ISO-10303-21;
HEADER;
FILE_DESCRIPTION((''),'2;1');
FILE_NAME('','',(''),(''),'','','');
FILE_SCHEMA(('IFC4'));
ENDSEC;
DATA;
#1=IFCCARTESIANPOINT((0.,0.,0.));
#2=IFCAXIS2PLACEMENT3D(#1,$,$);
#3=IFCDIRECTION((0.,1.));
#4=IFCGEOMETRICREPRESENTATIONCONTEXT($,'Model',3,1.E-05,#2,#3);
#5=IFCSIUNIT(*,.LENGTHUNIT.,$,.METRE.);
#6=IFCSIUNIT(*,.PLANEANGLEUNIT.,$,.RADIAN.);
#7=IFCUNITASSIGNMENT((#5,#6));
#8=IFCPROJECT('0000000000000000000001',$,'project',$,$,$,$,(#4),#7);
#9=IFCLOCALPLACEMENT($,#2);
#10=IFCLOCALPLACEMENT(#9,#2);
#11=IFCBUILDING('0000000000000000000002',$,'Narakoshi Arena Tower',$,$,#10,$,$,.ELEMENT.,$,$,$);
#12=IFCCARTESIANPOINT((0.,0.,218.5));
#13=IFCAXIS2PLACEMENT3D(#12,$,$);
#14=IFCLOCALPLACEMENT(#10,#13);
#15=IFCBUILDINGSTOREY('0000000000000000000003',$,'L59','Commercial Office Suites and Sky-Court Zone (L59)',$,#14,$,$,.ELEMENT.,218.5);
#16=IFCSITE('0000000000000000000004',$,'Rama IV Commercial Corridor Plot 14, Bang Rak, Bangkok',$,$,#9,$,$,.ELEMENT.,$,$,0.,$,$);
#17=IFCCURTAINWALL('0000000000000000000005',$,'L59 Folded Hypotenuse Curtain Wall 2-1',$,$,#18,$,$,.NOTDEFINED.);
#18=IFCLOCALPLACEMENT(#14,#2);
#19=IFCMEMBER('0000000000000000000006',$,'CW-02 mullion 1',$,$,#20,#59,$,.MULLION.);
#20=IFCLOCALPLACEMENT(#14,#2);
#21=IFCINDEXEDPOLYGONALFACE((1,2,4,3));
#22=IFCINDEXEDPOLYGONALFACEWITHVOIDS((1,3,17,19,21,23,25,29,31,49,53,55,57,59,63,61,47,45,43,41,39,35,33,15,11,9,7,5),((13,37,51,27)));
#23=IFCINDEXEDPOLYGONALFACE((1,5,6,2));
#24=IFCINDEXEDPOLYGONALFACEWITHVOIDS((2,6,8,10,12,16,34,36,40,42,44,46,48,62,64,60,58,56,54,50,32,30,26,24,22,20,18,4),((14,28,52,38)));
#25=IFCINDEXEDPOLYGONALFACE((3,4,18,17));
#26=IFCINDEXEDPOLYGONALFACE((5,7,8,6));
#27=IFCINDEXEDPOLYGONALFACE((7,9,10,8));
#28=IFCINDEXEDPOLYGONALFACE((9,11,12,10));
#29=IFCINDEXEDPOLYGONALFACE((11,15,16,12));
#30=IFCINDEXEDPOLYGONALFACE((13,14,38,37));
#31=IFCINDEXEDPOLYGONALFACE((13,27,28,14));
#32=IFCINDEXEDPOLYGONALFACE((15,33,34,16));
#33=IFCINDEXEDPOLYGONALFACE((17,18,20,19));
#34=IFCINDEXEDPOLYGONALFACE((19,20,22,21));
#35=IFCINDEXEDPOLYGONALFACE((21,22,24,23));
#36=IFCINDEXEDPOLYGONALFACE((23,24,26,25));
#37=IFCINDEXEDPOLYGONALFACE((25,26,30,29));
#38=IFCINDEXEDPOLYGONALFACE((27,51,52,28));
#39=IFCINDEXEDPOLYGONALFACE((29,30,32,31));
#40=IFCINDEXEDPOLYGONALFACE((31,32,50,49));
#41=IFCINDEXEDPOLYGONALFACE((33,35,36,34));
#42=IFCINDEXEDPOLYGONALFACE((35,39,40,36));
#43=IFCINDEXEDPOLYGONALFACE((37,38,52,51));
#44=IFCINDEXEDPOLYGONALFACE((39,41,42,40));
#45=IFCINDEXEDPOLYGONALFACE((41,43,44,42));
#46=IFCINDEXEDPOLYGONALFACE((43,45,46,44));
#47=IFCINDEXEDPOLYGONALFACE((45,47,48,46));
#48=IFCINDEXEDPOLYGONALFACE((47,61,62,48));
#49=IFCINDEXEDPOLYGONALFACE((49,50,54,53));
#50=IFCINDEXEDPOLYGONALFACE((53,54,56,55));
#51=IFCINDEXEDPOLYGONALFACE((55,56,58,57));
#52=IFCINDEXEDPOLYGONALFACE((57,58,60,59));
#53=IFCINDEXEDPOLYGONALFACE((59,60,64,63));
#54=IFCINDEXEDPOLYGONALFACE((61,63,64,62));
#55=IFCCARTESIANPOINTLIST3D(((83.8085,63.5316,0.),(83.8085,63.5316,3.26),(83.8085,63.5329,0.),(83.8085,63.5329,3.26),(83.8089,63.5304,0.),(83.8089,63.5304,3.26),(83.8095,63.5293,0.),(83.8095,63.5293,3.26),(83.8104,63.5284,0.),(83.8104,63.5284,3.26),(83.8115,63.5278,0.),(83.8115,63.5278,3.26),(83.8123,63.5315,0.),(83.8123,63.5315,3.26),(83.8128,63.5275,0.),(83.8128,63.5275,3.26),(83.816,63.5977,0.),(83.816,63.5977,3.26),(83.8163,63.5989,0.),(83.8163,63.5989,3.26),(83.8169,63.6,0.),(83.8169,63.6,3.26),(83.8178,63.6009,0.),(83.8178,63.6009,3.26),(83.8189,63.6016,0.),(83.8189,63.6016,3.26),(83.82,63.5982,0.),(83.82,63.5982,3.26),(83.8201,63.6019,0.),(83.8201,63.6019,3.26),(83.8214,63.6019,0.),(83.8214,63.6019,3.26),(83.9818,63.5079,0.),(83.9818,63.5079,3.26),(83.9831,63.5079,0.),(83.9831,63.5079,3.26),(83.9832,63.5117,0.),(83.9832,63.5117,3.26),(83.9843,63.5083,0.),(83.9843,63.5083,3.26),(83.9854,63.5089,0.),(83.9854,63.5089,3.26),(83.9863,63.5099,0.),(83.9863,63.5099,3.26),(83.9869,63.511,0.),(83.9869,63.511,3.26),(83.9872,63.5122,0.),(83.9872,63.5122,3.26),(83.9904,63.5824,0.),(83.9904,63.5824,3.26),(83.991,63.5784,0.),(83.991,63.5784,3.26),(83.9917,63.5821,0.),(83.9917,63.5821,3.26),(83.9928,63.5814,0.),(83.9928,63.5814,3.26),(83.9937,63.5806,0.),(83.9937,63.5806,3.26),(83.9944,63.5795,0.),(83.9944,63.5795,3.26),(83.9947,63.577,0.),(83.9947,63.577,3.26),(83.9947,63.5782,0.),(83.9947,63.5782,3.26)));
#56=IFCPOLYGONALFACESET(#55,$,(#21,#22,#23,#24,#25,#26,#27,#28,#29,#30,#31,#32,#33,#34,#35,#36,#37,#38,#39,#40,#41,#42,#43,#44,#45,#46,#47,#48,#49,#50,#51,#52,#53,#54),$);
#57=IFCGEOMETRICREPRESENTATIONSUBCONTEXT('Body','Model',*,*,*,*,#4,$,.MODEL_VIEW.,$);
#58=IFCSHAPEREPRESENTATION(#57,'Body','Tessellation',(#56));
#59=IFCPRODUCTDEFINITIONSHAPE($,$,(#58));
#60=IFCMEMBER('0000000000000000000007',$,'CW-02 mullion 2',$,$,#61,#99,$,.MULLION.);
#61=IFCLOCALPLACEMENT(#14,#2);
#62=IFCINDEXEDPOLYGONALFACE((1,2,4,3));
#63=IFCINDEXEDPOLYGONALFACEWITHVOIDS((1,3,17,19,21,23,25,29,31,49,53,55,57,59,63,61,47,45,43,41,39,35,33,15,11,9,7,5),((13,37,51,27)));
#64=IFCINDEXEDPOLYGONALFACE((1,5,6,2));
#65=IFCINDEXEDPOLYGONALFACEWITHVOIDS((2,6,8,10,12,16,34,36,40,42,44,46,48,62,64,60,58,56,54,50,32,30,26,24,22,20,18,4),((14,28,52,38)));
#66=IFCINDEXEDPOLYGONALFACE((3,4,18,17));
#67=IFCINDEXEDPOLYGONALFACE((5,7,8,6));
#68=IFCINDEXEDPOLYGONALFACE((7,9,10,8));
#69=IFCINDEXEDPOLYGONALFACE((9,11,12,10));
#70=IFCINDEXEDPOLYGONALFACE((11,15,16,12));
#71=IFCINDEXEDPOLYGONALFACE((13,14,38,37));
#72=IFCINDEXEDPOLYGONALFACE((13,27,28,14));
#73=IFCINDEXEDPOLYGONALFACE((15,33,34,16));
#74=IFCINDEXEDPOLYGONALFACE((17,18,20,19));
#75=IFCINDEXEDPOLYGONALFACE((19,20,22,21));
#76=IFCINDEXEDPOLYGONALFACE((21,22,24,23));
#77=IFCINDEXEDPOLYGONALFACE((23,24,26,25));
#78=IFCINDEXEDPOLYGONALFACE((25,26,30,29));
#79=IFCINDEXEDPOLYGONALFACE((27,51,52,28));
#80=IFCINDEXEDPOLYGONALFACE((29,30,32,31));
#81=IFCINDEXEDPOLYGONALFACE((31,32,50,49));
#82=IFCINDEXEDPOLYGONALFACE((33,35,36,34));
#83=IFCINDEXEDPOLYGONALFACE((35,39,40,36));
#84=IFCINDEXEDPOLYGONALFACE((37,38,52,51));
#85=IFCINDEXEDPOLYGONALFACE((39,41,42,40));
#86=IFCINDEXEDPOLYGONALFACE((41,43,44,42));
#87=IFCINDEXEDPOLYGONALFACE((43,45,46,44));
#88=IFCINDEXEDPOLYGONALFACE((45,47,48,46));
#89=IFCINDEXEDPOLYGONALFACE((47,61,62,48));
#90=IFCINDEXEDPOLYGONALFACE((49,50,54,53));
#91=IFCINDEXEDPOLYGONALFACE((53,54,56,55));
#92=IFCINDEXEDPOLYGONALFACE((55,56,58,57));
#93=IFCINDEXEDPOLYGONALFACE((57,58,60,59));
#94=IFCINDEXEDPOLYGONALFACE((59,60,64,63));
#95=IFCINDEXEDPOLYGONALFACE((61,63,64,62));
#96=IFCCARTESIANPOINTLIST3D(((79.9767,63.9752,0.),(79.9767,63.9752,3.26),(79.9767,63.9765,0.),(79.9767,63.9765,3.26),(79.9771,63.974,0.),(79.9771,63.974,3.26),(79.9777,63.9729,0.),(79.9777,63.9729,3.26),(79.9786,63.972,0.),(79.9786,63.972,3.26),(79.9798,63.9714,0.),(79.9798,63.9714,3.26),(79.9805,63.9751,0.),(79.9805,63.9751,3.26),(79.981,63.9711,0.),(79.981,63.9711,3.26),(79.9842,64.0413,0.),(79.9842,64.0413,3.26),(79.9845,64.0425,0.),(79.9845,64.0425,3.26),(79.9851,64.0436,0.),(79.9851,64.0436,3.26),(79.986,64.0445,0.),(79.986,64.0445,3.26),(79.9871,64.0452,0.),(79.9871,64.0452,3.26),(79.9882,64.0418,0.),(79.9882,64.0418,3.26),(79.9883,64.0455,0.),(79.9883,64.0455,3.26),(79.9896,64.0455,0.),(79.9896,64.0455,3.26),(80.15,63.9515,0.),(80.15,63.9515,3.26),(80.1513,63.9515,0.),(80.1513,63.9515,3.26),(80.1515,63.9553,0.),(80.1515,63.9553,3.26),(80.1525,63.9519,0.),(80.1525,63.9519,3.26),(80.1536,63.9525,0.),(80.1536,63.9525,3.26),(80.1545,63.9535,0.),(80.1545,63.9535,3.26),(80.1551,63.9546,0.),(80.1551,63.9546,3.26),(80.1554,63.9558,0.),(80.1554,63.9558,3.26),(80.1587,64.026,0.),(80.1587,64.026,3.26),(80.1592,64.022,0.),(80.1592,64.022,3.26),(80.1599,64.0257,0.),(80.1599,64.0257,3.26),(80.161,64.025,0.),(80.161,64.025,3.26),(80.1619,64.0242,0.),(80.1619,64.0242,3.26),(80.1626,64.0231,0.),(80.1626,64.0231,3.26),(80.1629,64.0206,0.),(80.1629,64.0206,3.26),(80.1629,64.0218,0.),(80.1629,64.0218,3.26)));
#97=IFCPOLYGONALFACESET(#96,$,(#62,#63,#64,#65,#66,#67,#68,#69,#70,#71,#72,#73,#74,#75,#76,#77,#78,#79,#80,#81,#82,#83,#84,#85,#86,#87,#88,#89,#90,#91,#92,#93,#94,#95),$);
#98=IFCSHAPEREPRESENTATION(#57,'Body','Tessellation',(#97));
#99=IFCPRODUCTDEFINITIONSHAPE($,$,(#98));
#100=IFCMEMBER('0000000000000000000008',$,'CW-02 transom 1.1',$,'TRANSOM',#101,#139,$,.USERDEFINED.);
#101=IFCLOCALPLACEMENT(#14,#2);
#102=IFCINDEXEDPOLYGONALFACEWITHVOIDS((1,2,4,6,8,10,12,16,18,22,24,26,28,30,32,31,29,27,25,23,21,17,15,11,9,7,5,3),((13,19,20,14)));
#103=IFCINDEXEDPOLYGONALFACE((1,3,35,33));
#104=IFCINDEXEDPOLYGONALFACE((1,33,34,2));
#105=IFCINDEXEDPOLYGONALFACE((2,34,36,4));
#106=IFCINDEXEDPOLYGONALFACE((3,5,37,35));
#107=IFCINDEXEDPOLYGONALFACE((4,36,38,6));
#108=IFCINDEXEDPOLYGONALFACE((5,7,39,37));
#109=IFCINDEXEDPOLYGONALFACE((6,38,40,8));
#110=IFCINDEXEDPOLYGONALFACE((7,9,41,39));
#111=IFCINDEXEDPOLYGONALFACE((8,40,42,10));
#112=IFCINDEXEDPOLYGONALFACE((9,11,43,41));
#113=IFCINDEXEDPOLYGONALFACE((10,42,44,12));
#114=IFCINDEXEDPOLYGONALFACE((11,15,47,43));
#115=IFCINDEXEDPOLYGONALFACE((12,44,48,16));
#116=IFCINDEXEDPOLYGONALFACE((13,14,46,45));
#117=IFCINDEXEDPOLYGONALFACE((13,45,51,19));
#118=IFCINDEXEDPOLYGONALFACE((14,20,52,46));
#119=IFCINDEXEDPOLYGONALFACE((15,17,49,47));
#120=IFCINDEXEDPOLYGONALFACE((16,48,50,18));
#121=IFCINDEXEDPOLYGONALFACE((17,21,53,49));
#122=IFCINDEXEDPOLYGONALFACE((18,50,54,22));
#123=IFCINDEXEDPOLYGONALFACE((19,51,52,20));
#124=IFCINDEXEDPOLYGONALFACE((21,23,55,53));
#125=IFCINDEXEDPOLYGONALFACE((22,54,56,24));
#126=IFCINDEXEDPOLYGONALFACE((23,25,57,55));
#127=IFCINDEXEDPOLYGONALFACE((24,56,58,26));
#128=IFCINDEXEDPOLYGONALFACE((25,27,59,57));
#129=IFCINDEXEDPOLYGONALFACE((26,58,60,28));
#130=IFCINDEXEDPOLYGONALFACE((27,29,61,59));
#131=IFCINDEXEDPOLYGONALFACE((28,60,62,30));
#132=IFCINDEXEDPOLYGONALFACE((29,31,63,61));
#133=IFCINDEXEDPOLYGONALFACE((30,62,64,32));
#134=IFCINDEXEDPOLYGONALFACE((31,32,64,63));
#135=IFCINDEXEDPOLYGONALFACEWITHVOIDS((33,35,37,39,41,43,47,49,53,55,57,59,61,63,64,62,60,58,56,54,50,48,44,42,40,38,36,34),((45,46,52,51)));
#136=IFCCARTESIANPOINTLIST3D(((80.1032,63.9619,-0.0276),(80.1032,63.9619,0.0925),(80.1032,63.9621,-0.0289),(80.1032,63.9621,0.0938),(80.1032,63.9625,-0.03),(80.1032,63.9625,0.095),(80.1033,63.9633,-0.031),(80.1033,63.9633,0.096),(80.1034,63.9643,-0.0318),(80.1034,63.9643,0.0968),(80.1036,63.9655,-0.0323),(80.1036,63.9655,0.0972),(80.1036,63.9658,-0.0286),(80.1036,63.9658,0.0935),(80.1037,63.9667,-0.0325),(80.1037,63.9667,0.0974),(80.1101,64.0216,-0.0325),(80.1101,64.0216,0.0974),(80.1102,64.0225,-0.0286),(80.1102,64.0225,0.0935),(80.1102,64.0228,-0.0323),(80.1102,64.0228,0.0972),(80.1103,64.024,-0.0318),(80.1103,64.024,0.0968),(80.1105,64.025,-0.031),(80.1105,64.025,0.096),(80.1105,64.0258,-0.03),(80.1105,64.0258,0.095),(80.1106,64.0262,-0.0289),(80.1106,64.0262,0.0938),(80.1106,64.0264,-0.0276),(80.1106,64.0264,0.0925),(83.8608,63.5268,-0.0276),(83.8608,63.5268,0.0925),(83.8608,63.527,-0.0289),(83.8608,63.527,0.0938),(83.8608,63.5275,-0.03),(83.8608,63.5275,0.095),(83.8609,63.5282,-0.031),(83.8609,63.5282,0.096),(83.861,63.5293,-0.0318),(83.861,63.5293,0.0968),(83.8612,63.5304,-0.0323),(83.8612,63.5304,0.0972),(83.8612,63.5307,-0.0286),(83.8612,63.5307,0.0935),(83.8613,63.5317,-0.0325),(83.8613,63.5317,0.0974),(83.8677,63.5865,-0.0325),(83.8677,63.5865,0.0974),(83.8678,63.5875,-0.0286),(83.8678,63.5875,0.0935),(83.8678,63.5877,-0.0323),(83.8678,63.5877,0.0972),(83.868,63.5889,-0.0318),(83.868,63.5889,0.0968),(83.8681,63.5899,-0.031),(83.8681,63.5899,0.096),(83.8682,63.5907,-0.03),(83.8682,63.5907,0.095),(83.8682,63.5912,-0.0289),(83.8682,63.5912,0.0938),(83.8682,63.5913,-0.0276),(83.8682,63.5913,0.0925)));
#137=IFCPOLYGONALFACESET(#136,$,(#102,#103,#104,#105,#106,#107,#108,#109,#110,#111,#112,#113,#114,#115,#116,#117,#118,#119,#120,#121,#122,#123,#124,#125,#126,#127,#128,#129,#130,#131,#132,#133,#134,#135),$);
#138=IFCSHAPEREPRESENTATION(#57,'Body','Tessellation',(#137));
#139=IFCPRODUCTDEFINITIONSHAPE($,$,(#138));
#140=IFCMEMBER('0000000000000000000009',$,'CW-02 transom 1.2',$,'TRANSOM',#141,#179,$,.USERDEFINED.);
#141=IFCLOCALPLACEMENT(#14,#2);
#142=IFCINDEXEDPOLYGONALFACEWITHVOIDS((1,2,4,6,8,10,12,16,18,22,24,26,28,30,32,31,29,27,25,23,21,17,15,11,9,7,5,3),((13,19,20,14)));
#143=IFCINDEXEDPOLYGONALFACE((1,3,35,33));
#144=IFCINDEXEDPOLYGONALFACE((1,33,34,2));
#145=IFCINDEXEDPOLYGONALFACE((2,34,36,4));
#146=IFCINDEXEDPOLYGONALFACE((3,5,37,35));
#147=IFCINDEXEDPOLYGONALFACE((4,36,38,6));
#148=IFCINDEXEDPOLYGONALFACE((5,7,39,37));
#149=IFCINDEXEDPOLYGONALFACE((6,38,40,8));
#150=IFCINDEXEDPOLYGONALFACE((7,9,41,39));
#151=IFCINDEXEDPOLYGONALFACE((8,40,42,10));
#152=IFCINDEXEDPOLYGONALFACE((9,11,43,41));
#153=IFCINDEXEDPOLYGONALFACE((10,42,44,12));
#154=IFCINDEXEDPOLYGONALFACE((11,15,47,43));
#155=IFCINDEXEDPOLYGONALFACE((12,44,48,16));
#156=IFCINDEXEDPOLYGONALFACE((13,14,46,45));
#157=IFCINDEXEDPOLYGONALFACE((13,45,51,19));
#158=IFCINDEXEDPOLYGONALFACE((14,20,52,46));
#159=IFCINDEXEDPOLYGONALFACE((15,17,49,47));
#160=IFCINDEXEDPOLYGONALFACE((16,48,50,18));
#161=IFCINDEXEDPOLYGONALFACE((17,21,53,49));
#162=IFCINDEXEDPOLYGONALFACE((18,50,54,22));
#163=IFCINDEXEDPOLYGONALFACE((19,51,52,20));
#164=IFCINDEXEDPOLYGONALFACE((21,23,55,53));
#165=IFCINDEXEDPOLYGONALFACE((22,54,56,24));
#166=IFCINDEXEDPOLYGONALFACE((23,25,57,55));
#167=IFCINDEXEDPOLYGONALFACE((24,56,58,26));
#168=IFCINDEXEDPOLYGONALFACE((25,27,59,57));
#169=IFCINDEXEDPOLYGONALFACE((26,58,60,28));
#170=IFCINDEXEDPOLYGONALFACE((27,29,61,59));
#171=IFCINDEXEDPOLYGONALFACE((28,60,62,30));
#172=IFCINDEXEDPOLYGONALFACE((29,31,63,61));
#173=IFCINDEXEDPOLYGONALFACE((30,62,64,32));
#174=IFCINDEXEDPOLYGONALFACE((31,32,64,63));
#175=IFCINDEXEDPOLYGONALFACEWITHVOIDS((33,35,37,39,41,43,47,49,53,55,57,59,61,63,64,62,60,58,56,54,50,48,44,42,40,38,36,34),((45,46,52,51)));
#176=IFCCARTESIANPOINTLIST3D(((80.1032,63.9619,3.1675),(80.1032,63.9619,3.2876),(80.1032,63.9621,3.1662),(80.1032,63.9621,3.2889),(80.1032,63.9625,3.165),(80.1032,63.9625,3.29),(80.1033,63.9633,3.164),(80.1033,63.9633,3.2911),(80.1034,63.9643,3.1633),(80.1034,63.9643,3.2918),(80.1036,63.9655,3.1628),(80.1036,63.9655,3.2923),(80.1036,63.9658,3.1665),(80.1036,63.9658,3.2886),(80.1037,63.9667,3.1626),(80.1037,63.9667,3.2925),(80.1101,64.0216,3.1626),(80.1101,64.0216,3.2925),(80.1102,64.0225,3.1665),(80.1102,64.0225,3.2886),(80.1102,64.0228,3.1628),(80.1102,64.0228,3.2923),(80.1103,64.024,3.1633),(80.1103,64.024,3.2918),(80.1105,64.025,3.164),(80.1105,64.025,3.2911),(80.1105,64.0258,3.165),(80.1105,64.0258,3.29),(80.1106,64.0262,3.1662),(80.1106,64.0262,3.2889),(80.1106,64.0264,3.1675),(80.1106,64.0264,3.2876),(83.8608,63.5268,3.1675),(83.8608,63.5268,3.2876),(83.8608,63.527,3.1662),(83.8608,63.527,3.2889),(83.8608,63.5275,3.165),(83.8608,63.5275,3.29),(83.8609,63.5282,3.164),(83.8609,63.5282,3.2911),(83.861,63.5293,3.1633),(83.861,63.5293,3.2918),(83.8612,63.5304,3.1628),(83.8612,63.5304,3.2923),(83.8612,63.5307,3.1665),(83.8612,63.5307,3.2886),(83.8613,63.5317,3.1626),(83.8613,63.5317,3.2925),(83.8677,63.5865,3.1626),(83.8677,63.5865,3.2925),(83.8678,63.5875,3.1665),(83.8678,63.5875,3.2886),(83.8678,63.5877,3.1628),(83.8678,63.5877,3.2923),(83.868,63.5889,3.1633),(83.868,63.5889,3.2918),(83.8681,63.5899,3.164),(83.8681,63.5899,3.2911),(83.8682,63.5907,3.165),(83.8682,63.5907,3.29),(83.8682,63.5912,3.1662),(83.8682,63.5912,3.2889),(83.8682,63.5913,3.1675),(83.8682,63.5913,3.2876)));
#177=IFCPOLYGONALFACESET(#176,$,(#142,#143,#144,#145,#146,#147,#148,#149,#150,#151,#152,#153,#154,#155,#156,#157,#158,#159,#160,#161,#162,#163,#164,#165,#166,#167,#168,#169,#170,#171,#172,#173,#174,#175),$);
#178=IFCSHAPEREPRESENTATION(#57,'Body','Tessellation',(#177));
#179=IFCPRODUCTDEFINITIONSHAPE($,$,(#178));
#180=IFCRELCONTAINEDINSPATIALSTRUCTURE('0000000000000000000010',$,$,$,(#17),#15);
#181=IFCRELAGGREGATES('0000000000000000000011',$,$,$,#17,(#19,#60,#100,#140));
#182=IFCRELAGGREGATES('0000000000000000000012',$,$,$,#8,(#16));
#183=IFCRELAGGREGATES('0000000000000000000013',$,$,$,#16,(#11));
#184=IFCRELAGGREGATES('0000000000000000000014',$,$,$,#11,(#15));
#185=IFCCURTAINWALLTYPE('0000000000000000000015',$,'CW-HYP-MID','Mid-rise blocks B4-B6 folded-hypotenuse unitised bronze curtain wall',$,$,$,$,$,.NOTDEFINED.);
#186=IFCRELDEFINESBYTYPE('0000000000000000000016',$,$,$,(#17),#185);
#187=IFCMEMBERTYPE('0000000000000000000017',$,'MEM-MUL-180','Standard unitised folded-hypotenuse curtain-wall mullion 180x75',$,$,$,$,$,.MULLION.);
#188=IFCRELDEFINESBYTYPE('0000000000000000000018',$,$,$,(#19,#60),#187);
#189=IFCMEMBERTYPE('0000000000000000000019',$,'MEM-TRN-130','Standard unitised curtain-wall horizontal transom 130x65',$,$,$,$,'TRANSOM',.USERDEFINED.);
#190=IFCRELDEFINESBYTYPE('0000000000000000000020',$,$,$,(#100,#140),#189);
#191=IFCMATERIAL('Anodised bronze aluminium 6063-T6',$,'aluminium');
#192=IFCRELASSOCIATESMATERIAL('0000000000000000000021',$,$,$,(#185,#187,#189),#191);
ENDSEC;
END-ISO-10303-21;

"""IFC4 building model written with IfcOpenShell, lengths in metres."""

from ifc_helpers import new_model, si_unit, direction, frame, origin, origin_2d, place, context, subcontext, project, spatial, hollow_rectangle, extrude, material, material_profile, profile_set, type_object, element, aggregate, save


model = new_model("IFC4")

# Units and contexts
model_context = context("Model", 3, precision=1e-05, world=origin(), true_north=direction((0.0, 1.0)))
body_context = subcontext(model_context, "Body", "Model", "MODEL_VIEW")
ifc_project = project(units=[si_unit("LENGTHUNIT", "METRE"), si_unit("PLANEANGLEUNIT", "RADIAN")], contexts=[model_context])

# Site, building, storey
site_placement = place(None, origin())
site = spatial("IfcSite", under=ifc_project, at=site_placement, Name="Rama IV Commercial Corridor Plot 14, Bang Rak, Bangkok", CompositionType="ELEMENT", RefElevation=0.0)
building_placement = place(site_placement, origin())
building = spatial("IfcBuilding", under=site, at=building_placement, Name="Narakoshi Arena Tower", CompositionType="ELEMENT")
storey_placement = place(building_placement, frame((0.0, 0.0, 218.5)))
storey = spatial("IfcBuildingStorey", under=building, at=storey_placement, Name="L59", Description="Commercial Office Suites and Sky-Court Zone (L59)", CompositionType="ELEMENT", Elevation=218.5)

# Curtain wall, members
ifc_material_1 = material(Name="Anodised bronze aluminium 6063-T6", Category="aluminium")
curtain_wall_type = type_object("IfcCurtainWallType", Name="CW-HYP-MID", Description="Mid-rise blocks B4-B6 folded-hypotenuse unitised bronze curtain wall", PredefinedType="NOTDEFINED", material=ifc_material_1)
curtain_wall_placement = place(storey_placement, origin())
curtain_wall = element("IfcCurtainWall", 1, at=curtain_wall_placement, inside=storey, type_object=curtain_wall_type, Name="L59 Folded Hypotenuse Curtain Wall 2-1", PredefinedType="NOTDEFINED")
ifc_material_profile_1 = material_profile(ifc_material_1, hollow_rectangle(XDim=0.075, YDim=0.1799, WallThickness=0.0039, OuterFilletRadius=0.0049, at=origin_2d()), Name="MUL180x75x4")
ifc_profile_set_1 = profile_set([ifc_material_profile_1], Name="Anodised bronze aluminium 6063-T6")
member_type_1 = type_object("IfcMemberType", Name="MEM-MUL-180", Description="Standard unitised folded-hypotenuse curtain-wall mullion 180x75", PredefinedType="MULLION", material=ifc_profile_set_1)
member_1_placement = place(storey_placement, frame((83.9016, 63.5549, 0.0), z_axis=(0.0, 0.0, 1.0), x_axis=(-0.115011, -0.993364, 0.0)))
member_1 = element("IfcMember", 2, at=member_1_placement, type_object=member_type_1, Name="CW-02 mullion 1", PredefinedType="MULLION", context=body_context, shape_type="SweptSolid", body=[
    extrude(hollow_rectangle(XDim=0.075, YDim=0.1799, WallThickness=0.0039, OuterFilletRadius=0.0049, at=origin_2d()), origin(), (0.0, 0.0, 1.0), 3.26),
])
member_2_placement = place(storey_placement, frame((80.0698, 63.9985, 0.0), z_axis=(0.0, 0.0, 1.0), x_axis=(-0.115011, -0.993364, 0.0)))
member_2 = element("IfcMember", 3, at=member_2_placement, type_object=member_type_1, Name="CW-02 mullion 2", PredefinedType="MULLION", context=body_context, shape_type="SweptSolid", body=[
    extrude(hollow_rectangle(XDim=0.075, YDim=0.1799, WallThickness=0.0039, OuterFilletRadius=0.0049, at=origin_2d()), origin(), (0.0, 0.0, 1.0), 3.26),
])
ifc_material_profile_2 = material_profile(ifc_material_1, hollow_rectangle(XDim=0.0649, YDim=0.1299, WallThickness=0.0039, OuterFilletRadius=0.0049, at=origin_2d()), Name="TRN130x65x4")
ifc_profile_set_2 = profile_set([ifc_material_profile_2], Name="Anodised bronze aluminium 6063-T6")
member_type_2 = type_object("IfcMemberType", Name="MEM-TRN-130", Description="Standard unitised curtain-wall horizontal transom 130x65", ElementType="TRANSOM", PredefinedType="USERDEFINED", material=ifc_profile_set_2)
member_3_placement = place(storey_placement, frame((83.8645, 63.5591, 0.0325), z_axis=(-0.993364, 0.115014, 0.0), x_axis=(-0.115014, -0.993364, 0.0)))
member_3 = element("IfcMember", 4, at=member_3_placement, type_object=member_type_2, Name="CW-02 transom 1.1", ObjectType="TRANSOM", PredefinedType="USERDEFINED", context=body_context, shape_type="SweptSolid", body=[
    extrude(hollow_rectangle(XDim=0.0649, YDim=0.1299, WallThickness=0.0039, OuterFilletRadius=0.0049, at=origin_2d()), origin(), (0.0, 0.0, 1.0), 3.7827),
])
member_4_placement = place(storey_placement, frame((83.8645, 63.5591, 3.2275), z_axis=(-0.993364, 0.115014, 0.0), x_axis=(-0.115014, -0.993364, 0.0)))
member_4 = element("IfcMember", 5, at=member_4_placement, type_object=member_type_2, Name="CW-02 transom 1.2", ObjectType="TRANSOM", PredefinedType="USERDEFINED", context=body_context, shape_type="SweptSolid", body=[
    extrude(hollow_rectangle(XDim=0.0649, YDim=0.1299, WallThickness=0.0039, OuterFilletRadius=0.0049, at=origin_2d()), origin(), (0.0, 0.0, 1.0), 3.7827),
])
aggregate(curtain_wall, [member_1, member_2, member_3, member_4])

save(model, "model.ifc")
